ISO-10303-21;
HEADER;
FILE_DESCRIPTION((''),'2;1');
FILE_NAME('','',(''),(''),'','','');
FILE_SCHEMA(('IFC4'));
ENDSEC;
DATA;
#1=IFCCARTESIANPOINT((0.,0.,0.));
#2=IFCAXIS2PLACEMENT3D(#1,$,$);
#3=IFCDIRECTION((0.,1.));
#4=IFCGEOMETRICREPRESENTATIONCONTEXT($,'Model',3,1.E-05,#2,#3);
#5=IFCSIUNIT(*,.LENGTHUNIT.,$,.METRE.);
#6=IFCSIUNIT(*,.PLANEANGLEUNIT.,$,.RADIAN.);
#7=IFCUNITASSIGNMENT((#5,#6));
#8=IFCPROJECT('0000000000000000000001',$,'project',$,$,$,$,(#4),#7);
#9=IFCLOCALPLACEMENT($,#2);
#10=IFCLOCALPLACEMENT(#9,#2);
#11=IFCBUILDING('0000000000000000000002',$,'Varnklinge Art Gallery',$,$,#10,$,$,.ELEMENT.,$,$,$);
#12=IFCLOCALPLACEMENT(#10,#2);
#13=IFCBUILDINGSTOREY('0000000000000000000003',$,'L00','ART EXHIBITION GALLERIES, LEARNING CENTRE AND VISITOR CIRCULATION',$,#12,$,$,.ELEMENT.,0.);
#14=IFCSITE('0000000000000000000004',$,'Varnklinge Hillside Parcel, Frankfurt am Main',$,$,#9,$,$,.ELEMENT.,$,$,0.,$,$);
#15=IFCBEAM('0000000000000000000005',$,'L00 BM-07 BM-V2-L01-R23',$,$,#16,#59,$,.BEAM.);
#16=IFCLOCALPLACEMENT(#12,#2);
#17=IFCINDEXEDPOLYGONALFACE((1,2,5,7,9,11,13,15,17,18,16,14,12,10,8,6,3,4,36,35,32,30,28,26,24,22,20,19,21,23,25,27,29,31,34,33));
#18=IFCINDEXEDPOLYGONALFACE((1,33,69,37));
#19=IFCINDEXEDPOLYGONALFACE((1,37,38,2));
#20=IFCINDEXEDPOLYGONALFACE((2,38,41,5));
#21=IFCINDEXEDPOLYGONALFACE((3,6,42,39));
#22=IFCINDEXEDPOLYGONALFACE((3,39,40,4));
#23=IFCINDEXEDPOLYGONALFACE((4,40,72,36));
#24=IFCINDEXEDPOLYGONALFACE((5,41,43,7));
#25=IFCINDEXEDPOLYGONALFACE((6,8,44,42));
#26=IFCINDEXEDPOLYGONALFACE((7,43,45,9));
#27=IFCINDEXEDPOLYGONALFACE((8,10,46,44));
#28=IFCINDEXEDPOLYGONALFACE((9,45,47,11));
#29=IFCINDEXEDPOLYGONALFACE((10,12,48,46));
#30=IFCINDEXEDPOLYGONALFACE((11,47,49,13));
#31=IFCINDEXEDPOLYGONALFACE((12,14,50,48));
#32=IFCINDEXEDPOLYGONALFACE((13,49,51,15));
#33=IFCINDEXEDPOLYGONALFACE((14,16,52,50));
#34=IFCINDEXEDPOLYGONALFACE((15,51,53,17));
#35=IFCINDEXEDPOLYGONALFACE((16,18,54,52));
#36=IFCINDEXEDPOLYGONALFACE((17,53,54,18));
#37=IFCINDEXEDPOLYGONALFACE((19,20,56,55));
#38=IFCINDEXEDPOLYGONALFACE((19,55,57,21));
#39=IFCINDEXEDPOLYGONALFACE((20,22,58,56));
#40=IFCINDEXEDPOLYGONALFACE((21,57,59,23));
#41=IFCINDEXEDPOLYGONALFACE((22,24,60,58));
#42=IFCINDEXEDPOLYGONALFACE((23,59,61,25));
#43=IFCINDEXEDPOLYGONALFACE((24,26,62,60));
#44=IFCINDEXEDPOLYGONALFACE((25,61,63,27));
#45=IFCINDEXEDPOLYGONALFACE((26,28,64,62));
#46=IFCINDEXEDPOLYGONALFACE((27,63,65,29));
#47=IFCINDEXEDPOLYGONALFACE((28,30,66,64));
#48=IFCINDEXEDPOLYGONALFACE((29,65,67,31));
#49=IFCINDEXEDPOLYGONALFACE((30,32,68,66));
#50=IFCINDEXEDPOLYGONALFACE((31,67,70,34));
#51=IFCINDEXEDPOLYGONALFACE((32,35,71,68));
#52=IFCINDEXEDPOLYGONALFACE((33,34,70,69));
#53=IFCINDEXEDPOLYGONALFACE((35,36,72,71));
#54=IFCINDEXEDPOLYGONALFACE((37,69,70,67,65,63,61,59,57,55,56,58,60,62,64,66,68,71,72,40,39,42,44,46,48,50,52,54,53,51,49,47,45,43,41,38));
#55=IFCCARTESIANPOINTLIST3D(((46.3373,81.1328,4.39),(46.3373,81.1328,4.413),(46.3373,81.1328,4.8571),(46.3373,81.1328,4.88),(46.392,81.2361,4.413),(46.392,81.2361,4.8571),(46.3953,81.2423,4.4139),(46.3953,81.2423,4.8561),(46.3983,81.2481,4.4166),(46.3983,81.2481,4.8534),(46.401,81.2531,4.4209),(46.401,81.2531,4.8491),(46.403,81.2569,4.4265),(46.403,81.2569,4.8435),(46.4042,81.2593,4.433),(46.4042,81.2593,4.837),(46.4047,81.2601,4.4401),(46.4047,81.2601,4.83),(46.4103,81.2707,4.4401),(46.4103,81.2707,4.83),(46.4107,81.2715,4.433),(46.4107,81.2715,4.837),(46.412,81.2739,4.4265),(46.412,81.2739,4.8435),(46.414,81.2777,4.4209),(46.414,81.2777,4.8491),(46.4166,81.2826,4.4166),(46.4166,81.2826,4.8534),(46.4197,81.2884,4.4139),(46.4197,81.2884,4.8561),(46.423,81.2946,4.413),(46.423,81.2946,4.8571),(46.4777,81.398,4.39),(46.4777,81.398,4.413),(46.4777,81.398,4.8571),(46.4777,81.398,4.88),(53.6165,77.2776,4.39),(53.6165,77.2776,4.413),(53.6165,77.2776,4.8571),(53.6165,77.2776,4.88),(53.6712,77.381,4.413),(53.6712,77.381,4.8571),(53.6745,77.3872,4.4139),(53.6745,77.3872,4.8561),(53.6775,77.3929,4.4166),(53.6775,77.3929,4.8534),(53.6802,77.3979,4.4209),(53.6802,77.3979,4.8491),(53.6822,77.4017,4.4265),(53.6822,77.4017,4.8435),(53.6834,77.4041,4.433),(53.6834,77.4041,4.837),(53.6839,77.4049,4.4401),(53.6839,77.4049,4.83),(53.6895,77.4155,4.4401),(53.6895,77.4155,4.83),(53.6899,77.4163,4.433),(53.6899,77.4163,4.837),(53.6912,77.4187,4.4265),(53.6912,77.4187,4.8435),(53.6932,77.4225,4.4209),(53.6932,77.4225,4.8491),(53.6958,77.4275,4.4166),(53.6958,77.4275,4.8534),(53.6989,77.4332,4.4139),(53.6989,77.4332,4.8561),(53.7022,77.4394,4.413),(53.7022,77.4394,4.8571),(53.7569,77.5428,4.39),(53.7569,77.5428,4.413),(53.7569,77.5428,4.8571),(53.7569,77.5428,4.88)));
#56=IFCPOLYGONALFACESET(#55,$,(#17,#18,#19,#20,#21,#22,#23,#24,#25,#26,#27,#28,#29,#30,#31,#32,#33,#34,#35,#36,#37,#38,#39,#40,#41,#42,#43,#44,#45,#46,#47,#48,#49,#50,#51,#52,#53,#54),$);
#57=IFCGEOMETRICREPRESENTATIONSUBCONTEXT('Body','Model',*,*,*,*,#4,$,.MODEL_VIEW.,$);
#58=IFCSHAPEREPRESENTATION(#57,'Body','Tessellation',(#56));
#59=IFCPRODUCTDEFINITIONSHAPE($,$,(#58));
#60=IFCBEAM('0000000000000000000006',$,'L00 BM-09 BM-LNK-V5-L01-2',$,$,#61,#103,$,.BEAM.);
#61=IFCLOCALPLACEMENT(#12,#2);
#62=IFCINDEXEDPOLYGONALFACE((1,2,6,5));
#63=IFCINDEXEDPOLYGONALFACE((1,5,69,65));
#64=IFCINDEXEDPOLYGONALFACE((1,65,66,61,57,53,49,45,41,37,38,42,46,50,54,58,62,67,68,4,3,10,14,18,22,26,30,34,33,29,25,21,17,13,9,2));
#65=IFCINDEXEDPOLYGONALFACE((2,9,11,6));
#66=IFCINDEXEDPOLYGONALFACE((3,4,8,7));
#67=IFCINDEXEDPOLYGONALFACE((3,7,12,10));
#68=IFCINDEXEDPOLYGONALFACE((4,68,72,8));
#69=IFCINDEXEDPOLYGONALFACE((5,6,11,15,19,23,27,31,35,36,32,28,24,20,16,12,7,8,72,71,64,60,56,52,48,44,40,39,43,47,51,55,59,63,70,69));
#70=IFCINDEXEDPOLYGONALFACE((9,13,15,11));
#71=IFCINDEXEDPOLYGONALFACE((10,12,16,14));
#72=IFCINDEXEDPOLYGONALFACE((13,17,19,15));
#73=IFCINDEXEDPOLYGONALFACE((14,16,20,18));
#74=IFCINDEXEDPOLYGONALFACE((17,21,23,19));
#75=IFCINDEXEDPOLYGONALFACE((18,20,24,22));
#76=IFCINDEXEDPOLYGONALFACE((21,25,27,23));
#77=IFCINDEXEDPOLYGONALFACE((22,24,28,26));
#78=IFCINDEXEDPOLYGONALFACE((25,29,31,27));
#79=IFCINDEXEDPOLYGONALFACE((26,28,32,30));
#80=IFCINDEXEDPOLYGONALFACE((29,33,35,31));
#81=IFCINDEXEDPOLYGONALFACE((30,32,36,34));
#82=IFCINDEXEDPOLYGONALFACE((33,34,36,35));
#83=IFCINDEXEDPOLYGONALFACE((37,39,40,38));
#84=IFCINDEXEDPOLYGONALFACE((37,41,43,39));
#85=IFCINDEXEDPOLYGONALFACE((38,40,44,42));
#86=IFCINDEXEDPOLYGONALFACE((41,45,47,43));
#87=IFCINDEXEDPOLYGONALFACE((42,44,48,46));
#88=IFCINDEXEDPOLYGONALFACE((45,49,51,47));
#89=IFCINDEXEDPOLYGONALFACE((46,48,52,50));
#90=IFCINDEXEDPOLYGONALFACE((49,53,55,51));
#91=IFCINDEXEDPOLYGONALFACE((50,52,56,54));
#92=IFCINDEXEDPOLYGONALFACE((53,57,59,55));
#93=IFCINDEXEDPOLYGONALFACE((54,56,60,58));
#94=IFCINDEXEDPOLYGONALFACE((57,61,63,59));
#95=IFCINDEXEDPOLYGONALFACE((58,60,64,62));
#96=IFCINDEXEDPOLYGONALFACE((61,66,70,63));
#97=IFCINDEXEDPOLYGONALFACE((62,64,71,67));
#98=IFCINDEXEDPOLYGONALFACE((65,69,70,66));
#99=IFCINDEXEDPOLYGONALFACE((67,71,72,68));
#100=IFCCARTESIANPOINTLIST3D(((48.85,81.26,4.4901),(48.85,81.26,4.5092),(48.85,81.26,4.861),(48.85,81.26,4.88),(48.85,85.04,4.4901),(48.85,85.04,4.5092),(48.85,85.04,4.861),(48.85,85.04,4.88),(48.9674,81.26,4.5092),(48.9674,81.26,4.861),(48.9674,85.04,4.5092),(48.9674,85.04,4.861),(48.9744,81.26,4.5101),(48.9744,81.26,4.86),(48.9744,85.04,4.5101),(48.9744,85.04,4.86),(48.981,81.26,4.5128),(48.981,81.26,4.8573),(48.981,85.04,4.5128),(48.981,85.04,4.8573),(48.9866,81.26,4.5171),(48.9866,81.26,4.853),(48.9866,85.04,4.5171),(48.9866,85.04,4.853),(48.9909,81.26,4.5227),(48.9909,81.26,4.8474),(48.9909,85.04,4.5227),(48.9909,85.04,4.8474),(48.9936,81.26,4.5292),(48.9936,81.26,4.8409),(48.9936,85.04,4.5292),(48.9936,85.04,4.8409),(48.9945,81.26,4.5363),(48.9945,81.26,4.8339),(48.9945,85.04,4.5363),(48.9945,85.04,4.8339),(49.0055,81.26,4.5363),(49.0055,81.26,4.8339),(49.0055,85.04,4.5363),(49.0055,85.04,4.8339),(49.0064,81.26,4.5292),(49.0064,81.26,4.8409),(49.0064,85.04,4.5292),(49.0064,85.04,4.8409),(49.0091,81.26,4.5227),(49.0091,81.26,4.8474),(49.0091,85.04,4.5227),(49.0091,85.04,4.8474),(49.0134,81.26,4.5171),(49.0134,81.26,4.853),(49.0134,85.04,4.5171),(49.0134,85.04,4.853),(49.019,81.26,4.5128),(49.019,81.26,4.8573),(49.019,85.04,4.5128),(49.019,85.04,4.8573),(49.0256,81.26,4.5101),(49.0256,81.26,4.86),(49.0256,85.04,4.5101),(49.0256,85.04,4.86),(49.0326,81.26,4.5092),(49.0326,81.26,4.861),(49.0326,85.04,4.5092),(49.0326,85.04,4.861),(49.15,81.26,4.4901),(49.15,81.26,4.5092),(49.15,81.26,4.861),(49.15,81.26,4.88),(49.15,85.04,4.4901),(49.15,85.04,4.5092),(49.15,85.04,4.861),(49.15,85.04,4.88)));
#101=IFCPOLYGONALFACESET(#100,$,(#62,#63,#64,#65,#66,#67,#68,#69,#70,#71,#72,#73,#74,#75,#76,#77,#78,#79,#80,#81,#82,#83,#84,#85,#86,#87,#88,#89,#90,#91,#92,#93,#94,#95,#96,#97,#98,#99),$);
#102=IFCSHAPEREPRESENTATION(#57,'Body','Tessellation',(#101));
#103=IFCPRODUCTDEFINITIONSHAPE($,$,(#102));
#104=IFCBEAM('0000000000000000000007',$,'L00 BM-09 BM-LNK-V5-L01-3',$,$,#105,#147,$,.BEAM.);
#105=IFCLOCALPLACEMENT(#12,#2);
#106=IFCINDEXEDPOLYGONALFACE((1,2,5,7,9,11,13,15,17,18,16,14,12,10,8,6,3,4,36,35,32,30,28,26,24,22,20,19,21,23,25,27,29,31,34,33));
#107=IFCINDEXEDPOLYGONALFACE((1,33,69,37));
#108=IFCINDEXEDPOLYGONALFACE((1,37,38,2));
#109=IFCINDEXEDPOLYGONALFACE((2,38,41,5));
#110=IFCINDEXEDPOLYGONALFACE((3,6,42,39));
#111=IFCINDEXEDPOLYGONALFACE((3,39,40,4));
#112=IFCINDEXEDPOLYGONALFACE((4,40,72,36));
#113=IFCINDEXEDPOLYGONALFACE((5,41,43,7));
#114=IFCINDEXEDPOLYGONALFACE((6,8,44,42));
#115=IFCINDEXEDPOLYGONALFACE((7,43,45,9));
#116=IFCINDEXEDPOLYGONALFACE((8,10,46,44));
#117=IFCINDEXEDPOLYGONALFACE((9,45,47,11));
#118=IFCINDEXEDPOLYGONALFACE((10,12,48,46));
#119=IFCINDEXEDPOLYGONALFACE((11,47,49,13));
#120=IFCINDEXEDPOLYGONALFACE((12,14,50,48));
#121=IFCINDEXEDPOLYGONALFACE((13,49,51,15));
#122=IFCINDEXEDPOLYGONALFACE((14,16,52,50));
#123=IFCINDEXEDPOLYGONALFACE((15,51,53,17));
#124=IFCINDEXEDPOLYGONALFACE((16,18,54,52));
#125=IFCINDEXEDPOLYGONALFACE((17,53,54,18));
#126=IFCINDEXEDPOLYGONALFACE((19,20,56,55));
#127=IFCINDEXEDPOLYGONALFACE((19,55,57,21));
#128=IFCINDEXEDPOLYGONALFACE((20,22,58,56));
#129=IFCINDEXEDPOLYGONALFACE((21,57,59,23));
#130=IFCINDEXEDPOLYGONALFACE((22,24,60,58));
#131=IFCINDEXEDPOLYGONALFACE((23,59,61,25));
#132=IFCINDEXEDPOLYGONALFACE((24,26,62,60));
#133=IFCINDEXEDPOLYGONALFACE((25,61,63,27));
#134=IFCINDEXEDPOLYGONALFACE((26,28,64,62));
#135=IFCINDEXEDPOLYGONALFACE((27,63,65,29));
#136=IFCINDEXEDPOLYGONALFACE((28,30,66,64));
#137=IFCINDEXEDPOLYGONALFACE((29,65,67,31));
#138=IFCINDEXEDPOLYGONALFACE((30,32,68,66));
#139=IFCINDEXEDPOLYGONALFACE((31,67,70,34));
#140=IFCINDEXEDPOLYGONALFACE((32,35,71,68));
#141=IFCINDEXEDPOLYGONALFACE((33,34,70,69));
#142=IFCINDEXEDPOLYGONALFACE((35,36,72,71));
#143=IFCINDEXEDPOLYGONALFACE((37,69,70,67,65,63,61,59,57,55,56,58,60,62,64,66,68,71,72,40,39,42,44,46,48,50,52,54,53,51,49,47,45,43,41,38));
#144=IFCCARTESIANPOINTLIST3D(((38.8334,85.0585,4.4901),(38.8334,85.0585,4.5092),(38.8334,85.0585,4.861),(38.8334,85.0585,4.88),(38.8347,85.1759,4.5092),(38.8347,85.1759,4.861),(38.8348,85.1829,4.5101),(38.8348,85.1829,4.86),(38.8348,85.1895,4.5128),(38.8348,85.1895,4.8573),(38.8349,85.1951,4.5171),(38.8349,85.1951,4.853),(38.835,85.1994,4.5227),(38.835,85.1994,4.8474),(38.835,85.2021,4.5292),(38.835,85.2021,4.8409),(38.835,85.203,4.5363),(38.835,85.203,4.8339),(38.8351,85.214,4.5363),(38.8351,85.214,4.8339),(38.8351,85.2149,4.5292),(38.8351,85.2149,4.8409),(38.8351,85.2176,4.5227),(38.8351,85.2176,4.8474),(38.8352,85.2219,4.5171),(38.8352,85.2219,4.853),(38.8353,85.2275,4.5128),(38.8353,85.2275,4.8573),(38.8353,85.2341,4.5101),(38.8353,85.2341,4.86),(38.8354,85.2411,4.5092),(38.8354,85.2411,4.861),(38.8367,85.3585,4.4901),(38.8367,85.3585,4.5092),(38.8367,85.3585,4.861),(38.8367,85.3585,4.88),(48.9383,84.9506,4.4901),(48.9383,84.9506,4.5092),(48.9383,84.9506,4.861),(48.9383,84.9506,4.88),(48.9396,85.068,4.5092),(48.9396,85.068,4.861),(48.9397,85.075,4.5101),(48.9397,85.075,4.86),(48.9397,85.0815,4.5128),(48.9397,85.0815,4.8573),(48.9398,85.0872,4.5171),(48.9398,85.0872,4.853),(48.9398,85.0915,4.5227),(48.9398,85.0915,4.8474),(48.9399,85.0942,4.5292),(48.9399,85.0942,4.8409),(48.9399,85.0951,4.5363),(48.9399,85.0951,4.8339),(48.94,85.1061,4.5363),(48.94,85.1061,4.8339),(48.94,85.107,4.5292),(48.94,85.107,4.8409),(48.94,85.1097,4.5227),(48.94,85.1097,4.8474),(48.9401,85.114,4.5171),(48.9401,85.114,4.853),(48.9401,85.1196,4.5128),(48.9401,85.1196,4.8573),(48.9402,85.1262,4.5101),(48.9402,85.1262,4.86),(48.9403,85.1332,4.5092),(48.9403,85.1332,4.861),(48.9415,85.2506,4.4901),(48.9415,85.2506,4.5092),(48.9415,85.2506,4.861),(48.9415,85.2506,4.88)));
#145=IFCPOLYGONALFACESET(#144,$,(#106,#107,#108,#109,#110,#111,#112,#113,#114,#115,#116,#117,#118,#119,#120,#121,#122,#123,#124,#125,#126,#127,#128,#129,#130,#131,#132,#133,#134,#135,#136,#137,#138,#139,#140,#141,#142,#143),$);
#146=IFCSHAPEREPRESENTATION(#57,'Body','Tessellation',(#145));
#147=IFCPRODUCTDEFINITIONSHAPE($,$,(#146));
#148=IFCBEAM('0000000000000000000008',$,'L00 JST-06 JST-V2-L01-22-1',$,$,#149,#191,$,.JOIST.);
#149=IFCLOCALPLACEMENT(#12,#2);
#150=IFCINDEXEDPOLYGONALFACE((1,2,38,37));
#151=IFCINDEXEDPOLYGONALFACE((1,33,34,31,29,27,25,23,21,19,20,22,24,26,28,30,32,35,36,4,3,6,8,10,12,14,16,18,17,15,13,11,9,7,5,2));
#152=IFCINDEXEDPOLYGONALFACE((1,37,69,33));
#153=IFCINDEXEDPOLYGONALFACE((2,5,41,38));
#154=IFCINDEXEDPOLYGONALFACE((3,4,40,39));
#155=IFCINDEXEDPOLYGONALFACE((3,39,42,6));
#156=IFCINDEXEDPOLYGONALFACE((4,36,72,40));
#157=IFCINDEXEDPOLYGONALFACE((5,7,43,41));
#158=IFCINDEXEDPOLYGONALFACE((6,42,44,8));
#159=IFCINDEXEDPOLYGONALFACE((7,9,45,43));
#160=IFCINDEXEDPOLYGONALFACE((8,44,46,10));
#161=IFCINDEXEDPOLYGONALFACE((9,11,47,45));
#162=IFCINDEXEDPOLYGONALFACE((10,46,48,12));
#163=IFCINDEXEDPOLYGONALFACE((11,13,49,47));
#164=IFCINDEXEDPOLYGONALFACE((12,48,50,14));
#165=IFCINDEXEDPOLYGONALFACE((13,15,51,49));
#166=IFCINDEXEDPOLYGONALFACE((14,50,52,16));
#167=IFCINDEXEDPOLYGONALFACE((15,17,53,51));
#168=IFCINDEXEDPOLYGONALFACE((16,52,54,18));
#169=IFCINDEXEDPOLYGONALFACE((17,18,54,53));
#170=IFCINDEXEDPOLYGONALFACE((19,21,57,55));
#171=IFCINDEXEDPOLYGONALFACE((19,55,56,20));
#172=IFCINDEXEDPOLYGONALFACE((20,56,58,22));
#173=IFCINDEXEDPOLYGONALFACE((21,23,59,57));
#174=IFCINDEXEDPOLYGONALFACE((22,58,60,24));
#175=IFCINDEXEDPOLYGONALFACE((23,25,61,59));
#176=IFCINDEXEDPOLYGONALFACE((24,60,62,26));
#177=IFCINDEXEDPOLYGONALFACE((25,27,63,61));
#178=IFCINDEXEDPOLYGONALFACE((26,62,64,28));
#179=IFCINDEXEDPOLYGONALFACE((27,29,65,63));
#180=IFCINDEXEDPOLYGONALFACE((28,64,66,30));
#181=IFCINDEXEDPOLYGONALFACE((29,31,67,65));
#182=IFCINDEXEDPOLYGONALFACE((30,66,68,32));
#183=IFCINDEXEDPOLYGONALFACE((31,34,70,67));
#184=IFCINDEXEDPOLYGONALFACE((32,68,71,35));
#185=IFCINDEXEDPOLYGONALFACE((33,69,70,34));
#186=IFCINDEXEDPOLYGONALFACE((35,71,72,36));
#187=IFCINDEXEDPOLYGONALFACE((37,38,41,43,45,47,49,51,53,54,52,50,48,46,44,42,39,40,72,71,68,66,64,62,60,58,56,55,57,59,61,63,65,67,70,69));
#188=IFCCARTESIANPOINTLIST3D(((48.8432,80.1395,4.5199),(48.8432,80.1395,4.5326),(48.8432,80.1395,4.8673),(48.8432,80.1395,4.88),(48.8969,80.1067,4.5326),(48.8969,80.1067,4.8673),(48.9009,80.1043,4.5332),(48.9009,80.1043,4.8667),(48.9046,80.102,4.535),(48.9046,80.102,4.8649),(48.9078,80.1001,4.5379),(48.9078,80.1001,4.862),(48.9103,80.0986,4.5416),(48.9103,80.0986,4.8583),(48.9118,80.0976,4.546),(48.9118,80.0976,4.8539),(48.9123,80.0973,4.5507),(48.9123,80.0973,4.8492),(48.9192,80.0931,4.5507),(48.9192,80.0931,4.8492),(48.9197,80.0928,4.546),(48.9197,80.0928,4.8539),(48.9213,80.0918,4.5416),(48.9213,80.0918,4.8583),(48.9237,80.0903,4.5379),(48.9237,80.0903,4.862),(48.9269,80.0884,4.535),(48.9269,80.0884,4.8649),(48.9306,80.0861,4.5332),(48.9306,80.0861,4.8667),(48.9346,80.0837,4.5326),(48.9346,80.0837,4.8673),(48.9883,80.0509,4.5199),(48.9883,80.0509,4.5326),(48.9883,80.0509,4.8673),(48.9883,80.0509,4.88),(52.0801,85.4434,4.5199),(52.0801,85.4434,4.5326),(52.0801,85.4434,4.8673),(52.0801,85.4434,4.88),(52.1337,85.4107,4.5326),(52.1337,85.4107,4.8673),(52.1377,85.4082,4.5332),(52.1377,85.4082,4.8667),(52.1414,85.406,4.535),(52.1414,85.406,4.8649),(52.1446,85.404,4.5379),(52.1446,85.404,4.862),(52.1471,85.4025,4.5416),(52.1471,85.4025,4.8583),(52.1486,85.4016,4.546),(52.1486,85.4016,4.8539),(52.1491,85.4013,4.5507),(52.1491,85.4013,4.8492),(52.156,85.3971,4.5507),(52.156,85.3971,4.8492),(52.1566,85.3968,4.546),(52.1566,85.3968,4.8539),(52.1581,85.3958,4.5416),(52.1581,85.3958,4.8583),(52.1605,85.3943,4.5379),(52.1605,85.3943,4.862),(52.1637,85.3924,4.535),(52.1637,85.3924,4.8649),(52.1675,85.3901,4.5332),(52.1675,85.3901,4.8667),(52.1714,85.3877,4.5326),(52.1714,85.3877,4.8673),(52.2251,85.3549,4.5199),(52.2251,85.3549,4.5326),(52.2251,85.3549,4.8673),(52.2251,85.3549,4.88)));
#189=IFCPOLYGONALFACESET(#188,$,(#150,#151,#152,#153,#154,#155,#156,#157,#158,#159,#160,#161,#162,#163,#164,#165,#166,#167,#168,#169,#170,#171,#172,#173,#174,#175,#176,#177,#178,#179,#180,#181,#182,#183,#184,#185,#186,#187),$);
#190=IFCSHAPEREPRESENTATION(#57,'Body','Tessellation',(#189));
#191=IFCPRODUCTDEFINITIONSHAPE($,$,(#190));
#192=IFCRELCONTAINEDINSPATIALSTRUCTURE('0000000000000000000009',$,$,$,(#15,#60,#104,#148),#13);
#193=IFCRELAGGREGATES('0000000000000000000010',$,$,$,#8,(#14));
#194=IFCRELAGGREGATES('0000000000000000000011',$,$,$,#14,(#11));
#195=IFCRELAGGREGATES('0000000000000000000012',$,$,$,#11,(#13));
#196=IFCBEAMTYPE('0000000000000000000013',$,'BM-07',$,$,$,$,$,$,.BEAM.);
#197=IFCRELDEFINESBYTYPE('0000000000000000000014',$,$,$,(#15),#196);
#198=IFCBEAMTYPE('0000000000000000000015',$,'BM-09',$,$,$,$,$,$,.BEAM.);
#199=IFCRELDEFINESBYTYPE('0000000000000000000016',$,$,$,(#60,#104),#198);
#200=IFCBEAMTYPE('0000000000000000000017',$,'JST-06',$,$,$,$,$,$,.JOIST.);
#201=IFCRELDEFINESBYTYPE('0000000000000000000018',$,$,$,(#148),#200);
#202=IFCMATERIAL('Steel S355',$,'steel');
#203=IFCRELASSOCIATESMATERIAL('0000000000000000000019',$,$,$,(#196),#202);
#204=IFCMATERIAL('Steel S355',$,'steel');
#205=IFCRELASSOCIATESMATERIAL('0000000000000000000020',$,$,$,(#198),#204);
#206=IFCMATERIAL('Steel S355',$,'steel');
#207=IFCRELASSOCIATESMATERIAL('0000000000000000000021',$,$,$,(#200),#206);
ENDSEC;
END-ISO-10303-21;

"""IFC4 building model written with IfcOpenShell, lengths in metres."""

from ifc_helpers import new_model, si_unit, direction, frame, origin, origin_2d, place, context, subcontext, project, spatial, i_section, extrude, material, material_profile, profile_set, type_object, element, save


model = new_model("IFC4")

# Units and contexts
model_context = context("Model", 3, precision=1e-05, world=origin(), true_north=direction((0.0, 1.0)))
body_context = subcontext(model_context, "Body", "Model", "MODEL_VIEW")
ifc_project = project(units=[si_unit("LENGTHUNIT", "METRE"), si_unit("PLANEANGLEUNIT", "RADIAN")], contexts=[model_context])

# Site, building, storey
site_placement = place(None, origin())
site = spatial("IfcSite", under=ifc_project, at=site_placement, Name="Varnklinge Hillside Parcel, Frankfurt am Main", CompositionType="ELEMENT", RefElevation=0.0)
building_placement = place(site_placement, origin())
building = spatial("IfcBuilding", under=site, at=building_placement, Name="Varnklinge Art Gallery", CompositionType="ELEMENT")
storey_placement = place(building_placement, origin())
storey = spatial("IfcBuildingStorey", under=building, at=storey_placement, Name="L00", Description="ART EXHIBITION GALLERIES, LEARNING CENTRE AND VISITOR CIRCULATION", CompositionType="ELEMENT", Elevation=0.0)

# Beams
ifc_material_1 = material(Name="Steel S355", Category="steel")
ifc_material_profile_1 = material_profile(ifc_material_1, i_section(OverallWidth=0.3, OverallDepth=0.49, WebThickness=0.012, FlangeThickness=0.0229, FilletRadius=0.0271, at=origin_2d()), Name="HEA 500")
ifc_profile_set_1 = profile_set([ifc_material_profile_1], Name="Steel S355")
beam_type_1 = type_object("IfcBeamType", Name="BM-07", PredefinedType="BEAM", material=ifc_profile_set_1)
beam_1_placement = place(storey_placement, frame((46.4075, 81.2654, 4.635), z_axis=(0.883714, -0.468028, 0.0), x_axis=(0.468028, 0.883714, 0.0)))
element("IfcBeam", 1, at=beam_1_placement, inside=storey, type_object=beam_type_1, Name="L00 BM-07 BM-V2-L01-R23", PredefinedType="BEAM", context=body_context, shape_type="SweptSolid", body=[
    extrude(i_section(OverallWidth=0.3, OverallDepth=0.49, WebThickness=0.012, FlangeThickness=0.0229, FilletRadius=0.0271, at=origin_2d()), origin(), (0.0, 0.0, 1.0), 8.2371),
])
ifc_material_2 = material(Name="Steel S355", Category="steel")
ifc_material_profile_2 = material_profile(ifc_material_2, i_section(OverallWidth=0.3, OverallDepth=0.3899, WebThickness=0.011, FlangeThickness=0.019, FilletRadius=0.0271, at=origin_2d()), Name="HEA 400")
ifc_profile_set_2 = profile_set([ifc_material_profile_2], Name="Steel S355")
beam_type_2 = type_object("IfcBeamType", Name="BM-09", PredefinedType="BEAM", material=ifc_profile_set_2)
beam_2_placement = place(storey_placement, frame((49.0, 81.26, 4.6851), z_axis=(0.0, 1.0, 0.0), x_axis=(-1.0, 0.0, 0.0)))
element("IfcBeam", 2, at=beam_2_placement, inside=storey, type_object=beam_type_2, Name="L00 BM-09 BM-LNK-V5-L01-2", PredefinedType="BEAM", context=body_context, shape_type="SweptSolid", body=[
    extrude(i_section(OverallWidth=0.3, OverallDepth=0.3899, WebThickness=0.011, FlangeThickness=0.019, FilletRadius=0.0271, at=origin_2d()), origin(), (0.0, 0.0, 1.0), 3.78),
])
beam_3_placement = place(storey_placement, frame((48.9399, 85.1006, 4.6851), z_axis=(-0.999943, 0.010678, 0.0), x_axis=(-0.010678, -0.999943, 0.0)))
element("IfcBeam", 3, at=beam_3_placement, inside=storey, type_object=beam_type_2, Name="L00 BM-09 BM-LNK-V5-L01-3", PredefinedType="BEAM", context=body_context, shape_type="SweptSolid", body=[
    extrude(i_section(OverallWidth=0.3, OverallDepth=0.3899, WebThickness=0.011, FlangeThickness=0.019, FilletRadius=0.0271, at=origin_2d()), origin(), (0.0, 0.0, 1.0), 10.1055),
])
ifc_material_3 = material(Name="Steel S355", Category="steel")
ifc_material_profile_3 = material_profile(ifc_material_3, i_section(OverallWidth=0.1699, OverallDepth=0.3601, WebThickness=0.0081, FlangeThickness=0.0127, FilletRadius=0.0181, at=origin_2d()), Name="IPE 360")
ifc_profile_set_3 = profile_set([ifc_material_profile_3], Name="Steel S355")
beam_type_3 = type_object("IfcBeamType", Name="JST-06", PredefinedType="JOIST", material=ifc_profile_set_3)
beam_4_placement = place(storey_placement, frame((52.1526, 85.3992, 4.7), z_axis=(-0.520924, -0.853603, 0.0), x_axis=(0.853603, -0.520924, 0.0)))
element("IfcBeam", 4, at=beam_4_placement, inside=storey, type_object=beam_type_3, Name="L00 JST-06 JST-V2-L01-22-1", PredefinedType="JOIST", context=body_context, shape_type="SweptSolid", body=[
    extrude(i_section(OverallWidth=0.1699, OverallDepth=0.3601, WebThickness=0.0081, FlangeThickness=0.0127, FilletRadius=0.0181, at=origin_2d()), origin(), (0.0, 0.0, 1.0), 6.2136),
])

save(model, "model.ifc")
